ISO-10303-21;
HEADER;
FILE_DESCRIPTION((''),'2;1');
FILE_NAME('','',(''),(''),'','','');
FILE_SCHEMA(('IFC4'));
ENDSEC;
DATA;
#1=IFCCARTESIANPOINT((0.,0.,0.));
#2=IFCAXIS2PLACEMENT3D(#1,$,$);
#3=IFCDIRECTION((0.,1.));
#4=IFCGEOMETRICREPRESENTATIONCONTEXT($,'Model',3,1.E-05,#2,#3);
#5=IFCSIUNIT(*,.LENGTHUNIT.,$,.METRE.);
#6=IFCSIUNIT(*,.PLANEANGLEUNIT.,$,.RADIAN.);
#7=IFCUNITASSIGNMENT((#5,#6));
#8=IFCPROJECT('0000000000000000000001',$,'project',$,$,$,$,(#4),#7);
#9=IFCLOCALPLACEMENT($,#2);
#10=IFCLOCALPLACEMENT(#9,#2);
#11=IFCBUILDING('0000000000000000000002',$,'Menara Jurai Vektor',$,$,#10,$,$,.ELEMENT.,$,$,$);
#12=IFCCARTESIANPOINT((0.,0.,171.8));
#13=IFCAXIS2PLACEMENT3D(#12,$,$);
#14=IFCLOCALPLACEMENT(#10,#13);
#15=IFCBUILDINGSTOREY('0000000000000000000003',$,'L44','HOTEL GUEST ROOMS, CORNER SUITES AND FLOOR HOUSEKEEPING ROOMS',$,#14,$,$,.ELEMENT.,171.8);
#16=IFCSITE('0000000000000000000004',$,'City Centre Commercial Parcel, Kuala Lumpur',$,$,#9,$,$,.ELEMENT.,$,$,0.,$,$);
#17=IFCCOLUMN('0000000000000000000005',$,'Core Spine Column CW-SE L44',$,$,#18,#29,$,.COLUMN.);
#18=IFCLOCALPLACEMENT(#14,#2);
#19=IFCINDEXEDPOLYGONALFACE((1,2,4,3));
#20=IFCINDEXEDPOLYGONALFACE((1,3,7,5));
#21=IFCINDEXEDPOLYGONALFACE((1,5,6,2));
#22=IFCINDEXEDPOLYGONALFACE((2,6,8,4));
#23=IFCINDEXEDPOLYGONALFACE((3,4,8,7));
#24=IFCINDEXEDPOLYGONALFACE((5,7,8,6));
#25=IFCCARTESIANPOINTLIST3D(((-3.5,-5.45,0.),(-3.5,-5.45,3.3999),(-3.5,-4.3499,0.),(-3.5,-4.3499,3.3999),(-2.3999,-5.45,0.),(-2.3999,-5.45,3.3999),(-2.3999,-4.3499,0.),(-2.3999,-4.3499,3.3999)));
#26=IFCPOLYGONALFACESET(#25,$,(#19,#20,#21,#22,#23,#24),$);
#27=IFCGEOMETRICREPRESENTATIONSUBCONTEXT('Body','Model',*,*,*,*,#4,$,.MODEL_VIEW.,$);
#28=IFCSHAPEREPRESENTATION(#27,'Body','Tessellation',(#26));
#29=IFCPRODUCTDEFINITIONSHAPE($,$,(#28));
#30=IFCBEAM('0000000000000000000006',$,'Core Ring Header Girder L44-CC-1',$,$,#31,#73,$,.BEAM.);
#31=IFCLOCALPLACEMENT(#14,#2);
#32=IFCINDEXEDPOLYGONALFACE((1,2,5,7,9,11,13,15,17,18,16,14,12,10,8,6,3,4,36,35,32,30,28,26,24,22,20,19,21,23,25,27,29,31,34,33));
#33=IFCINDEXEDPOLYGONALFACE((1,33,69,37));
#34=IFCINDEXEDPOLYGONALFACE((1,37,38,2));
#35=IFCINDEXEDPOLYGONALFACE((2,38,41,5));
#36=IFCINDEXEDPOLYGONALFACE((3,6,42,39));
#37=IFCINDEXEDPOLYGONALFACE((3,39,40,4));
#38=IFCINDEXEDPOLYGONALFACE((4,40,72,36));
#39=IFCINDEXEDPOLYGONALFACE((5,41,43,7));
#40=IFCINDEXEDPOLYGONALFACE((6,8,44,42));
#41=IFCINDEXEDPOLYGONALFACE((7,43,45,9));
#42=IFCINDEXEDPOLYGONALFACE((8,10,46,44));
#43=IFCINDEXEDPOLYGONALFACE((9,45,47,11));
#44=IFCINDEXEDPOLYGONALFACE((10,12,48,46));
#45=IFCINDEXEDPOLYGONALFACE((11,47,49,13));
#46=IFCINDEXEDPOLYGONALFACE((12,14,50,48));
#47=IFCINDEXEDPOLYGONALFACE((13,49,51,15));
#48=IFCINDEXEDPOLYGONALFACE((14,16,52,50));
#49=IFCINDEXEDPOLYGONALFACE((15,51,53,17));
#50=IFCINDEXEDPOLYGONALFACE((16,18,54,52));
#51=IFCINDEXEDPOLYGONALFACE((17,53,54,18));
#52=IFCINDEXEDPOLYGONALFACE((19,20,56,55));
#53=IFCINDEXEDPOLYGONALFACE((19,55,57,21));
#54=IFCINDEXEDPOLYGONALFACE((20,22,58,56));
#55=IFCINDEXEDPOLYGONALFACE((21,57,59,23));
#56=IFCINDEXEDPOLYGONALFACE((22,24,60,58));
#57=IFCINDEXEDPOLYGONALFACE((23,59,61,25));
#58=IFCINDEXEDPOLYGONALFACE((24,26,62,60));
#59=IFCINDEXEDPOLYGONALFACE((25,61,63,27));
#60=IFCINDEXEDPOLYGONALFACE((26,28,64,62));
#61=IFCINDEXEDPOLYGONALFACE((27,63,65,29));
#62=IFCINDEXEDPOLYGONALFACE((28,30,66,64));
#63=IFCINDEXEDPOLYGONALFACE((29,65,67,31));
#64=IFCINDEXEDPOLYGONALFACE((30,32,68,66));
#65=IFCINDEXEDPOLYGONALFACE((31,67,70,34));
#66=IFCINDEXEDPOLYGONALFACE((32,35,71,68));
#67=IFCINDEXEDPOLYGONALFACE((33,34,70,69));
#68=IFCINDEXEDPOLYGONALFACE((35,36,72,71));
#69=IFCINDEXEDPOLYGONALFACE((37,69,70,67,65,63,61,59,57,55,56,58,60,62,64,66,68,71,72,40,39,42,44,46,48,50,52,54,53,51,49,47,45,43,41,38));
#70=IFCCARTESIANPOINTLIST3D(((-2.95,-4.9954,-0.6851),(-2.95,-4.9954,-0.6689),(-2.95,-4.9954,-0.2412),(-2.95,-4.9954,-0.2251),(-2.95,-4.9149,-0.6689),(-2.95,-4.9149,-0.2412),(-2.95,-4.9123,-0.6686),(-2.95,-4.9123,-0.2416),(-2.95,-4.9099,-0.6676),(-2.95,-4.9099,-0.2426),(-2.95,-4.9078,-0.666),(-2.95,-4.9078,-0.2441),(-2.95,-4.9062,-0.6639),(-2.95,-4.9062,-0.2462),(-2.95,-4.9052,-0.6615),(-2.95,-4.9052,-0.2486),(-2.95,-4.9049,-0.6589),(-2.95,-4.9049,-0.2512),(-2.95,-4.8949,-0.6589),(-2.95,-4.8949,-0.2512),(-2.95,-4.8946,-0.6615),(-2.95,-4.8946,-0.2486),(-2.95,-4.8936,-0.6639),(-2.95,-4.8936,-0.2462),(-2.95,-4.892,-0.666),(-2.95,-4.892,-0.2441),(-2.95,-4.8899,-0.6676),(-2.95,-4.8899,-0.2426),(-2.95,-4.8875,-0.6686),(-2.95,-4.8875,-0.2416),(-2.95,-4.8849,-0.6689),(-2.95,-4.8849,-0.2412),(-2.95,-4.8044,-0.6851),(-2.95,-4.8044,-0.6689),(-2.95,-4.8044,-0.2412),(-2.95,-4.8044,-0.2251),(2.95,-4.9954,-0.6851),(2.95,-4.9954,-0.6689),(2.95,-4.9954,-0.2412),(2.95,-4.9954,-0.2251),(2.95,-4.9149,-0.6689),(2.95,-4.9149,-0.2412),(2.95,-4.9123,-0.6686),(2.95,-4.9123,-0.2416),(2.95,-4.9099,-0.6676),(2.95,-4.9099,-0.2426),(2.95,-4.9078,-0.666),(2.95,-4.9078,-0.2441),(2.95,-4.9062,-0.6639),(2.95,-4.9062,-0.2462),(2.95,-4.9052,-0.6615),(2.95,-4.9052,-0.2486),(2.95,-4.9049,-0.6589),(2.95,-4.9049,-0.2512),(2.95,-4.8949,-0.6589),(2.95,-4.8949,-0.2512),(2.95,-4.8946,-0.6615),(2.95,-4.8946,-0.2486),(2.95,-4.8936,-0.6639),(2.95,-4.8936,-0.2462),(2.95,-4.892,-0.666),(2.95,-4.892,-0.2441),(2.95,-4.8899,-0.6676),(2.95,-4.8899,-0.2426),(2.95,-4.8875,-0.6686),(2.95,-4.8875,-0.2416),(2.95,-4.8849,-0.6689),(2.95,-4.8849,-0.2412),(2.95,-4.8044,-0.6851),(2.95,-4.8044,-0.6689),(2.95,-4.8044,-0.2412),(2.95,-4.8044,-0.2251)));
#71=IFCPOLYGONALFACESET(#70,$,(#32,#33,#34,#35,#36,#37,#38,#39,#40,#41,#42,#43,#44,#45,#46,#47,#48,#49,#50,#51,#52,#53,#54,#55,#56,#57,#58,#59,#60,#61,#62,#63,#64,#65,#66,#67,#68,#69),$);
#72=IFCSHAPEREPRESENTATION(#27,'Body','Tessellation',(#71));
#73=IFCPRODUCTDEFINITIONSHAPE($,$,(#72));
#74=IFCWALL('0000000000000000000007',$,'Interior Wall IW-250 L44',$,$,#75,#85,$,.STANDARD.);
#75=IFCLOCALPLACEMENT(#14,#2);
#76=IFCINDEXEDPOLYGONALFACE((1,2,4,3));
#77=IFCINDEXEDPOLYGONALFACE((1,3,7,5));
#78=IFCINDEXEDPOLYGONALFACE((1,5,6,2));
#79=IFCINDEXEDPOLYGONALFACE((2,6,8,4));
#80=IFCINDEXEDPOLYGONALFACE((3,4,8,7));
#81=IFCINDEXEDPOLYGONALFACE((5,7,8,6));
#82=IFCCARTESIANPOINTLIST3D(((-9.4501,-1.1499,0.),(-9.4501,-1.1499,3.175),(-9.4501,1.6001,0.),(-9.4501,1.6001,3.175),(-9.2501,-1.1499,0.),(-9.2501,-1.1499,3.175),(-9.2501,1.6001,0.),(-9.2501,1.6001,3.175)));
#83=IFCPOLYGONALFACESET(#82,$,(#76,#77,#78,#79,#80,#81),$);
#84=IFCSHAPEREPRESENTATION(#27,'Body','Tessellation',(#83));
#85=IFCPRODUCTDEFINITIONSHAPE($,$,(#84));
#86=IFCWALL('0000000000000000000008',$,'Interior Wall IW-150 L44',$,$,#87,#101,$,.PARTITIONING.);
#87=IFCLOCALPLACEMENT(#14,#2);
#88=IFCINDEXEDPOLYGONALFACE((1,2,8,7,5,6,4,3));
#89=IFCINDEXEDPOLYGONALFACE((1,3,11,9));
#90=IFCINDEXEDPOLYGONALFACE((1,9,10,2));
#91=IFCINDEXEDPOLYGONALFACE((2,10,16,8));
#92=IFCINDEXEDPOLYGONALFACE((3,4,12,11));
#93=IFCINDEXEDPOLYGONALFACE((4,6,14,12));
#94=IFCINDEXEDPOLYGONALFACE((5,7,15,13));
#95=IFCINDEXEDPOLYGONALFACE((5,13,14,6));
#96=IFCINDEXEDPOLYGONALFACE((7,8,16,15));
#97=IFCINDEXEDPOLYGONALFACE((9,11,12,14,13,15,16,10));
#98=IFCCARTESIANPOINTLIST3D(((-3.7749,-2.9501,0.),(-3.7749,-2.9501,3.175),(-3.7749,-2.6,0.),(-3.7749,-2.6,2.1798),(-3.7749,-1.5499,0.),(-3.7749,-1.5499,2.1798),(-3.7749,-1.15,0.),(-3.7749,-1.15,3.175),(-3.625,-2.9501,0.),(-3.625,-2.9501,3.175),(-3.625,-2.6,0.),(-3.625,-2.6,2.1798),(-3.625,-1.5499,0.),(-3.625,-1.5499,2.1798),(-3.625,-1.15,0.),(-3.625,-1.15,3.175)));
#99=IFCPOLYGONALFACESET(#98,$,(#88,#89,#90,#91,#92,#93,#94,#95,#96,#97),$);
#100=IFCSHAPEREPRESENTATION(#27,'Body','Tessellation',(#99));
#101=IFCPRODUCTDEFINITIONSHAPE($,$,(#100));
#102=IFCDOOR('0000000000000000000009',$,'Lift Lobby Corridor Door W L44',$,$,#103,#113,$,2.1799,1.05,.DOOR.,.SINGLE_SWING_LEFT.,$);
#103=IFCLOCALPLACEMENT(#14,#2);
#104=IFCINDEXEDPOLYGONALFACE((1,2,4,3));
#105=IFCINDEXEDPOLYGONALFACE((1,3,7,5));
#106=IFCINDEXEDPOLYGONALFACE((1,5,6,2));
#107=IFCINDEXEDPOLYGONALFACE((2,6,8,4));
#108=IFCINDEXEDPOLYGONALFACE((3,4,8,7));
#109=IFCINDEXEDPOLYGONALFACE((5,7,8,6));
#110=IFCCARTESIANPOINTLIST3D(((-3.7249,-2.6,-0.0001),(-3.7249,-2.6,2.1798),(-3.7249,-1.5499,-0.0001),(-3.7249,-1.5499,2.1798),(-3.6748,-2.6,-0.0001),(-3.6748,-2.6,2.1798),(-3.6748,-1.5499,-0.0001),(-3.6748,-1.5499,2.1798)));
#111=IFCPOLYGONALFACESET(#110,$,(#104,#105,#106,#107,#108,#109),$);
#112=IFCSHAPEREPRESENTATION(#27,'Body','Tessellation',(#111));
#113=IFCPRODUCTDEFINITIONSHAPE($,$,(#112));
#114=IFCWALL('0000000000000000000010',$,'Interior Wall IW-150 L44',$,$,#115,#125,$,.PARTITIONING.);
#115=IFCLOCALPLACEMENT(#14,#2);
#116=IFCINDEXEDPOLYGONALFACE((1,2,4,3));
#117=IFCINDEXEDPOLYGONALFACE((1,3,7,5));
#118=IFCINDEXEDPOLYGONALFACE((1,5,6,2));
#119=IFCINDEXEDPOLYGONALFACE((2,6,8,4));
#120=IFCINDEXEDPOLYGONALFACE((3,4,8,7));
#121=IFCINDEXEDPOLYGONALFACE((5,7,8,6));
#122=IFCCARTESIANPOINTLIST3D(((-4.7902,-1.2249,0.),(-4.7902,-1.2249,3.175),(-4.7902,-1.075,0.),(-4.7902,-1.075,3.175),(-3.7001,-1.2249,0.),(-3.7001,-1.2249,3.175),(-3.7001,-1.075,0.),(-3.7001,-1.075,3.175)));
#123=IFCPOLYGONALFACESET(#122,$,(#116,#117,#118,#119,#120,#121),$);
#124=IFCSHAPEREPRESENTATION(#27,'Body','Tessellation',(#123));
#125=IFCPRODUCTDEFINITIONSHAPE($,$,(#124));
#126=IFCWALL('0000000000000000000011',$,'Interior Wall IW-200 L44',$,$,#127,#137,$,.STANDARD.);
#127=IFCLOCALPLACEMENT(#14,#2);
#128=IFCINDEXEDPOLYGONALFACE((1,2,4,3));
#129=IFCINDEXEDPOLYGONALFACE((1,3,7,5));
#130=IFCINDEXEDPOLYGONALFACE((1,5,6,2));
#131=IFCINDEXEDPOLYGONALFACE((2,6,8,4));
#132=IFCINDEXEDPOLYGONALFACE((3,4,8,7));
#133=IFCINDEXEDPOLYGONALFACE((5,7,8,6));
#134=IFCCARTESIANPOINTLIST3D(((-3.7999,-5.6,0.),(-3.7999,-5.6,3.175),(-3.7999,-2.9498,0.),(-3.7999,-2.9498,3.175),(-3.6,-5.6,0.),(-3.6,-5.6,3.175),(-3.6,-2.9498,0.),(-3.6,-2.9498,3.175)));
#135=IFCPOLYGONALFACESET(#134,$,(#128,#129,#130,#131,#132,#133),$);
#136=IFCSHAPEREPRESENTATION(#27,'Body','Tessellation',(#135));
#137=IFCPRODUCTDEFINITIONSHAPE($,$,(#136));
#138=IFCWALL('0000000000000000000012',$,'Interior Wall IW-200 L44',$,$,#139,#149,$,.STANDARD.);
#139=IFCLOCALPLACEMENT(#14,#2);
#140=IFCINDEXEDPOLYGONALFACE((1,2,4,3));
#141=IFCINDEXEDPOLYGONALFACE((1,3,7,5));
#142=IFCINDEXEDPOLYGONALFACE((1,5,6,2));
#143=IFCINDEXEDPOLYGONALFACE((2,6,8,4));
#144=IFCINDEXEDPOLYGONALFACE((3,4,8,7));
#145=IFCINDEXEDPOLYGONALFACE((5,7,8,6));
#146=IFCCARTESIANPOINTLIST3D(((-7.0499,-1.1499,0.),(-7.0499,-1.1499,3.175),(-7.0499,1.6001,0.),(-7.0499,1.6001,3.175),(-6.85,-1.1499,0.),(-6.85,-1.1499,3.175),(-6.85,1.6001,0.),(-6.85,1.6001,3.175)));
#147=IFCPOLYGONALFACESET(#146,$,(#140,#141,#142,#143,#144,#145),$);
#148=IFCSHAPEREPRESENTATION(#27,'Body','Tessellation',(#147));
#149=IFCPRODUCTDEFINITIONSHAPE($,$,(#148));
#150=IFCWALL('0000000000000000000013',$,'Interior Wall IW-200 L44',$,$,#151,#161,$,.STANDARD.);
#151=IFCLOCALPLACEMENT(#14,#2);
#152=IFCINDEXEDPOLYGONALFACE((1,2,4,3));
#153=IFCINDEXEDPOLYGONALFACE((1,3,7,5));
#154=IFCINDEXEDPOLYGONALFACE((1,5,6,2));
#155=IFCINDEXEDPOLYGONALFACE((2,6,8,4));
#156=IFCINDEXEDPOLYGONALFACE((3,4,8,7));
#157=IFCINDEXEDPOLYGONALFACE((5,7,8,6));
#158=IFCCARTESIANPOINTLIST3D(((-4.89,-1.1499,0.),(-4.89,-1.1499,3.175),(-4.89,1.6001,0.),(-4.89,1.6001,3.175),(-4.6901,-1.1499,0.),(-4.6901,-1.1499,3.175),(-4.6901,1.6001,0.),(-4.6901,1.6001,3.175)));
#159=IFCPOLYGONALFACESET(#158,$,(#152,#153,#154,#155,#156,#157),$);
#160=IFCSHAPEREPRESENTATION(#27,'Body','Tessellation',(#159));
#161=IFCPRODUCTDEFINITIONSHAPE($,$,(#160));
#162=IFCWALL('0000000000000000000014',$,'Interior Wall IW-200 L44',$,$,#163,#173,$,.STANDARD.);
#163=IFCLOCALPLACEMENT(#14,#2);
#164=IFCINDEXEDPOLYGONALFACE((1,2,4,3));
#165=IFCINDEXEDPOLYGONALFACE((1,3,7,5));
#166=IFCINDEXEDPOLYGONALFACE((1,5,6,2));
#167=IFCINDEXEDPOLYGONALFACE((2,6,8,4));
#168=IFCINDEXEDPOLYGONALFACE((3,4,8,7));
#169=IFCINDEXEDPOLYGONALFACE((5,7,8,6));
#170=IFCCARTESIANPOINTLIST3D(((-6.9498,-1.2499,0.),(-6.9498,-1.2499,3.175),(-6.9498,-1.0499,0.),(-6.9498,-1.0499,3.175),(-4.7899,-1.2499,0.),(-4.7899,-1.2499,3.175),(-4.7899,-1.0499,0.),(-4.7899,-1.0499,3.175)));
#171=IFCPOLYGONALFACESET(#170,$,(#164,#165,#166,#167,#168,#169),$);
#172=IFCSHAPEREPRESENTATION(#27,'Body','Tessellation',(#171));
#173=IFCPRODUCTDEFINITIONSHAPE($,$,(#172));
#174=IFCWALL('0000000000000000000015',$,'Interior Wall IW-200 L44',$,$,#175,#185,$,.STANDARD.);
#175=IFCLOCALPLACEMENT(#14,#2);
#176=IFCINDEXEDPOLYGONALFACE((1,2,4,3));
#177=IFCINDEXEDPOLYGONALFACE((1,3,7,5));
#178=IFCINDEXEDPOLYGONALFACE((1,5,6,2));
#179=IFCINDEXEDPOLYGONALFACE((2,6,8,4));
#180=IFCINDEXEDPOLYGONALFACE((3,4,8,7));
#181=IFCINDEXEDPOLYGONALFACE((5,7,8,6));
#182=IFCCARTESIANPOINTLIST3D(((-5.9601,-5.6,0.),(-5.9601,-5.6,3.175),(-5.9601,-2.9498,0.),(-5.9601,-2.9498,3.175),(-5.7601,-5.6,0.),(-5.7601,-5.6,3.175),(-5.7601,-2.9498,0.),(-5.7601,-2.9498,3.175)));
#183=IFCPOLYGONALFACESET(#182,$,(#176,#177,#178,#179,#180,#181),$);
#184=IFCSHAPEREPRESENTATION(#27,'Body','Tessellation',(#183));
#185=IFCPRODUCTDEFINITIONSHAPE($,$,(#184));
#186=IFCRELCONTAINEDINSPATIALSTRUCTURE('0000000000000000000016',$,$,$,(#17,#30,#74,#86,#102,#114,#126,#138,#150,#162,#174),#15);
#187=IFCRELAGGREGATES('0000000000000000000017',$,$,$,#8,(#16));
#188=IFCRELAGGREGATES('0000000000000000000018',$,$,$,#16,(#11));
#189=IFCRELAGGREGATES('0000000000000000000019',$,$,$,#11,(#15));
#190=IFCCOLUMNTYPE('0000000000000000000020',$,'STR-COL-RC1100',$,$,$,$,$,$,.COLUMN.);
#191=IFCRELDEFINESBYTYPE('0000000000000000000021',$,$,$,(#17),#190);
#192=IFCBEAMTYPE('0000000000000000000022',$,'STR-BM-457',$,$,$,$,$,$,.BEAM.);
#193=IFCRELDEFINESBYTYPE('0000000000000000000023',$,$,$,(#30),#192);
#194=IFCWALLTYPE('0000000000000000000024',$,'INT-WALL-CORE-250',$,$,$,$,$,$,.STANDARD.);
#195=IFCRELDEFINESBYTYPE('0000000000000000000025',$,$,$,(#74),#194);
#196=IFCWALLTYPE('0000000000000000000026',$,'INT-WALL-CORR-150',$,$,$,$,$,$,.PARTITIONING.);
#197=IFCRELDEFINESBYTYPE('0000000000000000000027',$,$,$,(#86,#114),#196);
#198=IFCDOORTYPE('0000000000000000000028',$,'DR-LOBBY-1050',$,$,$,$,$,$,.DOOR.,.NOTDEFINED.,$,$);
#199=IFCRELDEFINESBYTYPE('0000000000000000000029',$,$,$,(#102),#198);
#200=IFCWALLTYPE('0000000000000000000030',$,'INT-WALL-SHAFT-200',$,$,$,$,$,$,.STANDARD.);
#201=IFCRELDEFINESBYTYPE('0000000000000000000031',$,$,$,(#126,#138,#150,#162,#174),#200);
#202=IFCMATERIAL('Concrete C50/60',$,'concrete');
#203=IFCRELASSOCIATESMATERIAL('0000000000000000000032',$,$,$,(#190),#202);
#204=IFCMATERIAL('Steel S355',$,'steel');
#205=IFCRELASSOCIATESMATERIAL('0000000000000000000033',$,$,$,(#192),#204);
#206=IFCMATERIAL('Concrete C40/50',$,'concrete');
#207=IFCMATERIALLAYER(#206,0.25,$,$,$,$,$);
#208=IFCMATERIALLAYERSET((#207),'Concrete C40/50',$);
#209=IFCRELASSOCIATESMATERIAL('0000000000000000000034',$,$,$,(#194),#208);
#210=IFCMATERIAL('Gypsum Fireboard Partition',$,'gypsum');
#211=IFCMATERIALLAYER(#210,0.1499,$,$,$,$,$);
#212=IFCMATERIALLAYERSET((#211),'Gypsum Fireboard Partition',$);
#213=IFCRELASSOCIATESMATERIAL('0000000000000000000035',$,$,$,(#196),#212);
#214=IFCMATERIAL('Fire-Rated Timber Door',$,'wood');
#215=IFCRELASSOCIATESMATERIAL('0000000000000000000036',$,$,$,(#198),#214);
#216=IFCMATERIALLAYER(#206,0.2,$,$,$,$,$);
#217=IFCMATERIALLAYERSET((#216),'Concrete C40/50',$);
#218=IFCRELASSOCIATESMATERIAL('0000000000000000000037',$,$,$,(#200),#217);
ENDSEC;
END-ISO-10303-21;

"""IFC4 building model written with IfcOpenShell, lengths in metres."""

from ifc_helpers import new_model, si_unit, direction, frame, frame_2d, origin, origin_2d, place, context, subcontext, project, spatial, rectangle, i_section, extrude, material, layer, layer_set, material_profile, profile_set, type_object, element, fill, save


model = new_model("IFC4")

# Units and contexts
model_context = context("Model", 3, precision=1e-05, world=origin(), true_north=direction((0.0, 1.0)))
body_context = subcontext(model_context, "Body", "Model", "MODEL_VIEW")
ifc_project = project(units=[si_unit("LENGTHUNIT", "METRE"), si_unit("PLANEANGLEUNIT", "RADIAN")], contexts=[model_context])

# Site, building, storey
site_placement = place(None, origin())
site = spatial("IfcSite", under=ifc_project, at=site_placement, Name="City Centre Commercial Parcel, Kuala Lumpur", CompositionType="ELEMENT", RefElevation=0.0)
building_placement = place(site_placement, origin())
building = spatial("IfcBuilding", under=site, at=building_placement, Name="Menara Jurai Vektor", CompositionType="ELEMENT")
storey_placement = place(building_placement, frame((0.0, 0.0, 171.8)))
storey = spatial("IfcBuildingStorey", under=building, at=storey_placement, Name="L44", Description="HOTEL GUEST ROOMS, CORNER SUITES AND FLOOR HOUSEKEEPING ROOMS", CompositionType="ELEMENT", Elevation=171.8)

# Column
ifc_material_1 = material(Name="Concrete C50/60", Category="concrete")
ifc_material_profile_1 = material_profile(ifc_material_1, rectangle(XDim=1.1001, YDim=1.1001, at=origin_2d()), Name="RC 1100x1100")
ifc_profile_set_1 = profile_set([ifc_material_profile_1], Name="Concrete C50/60")
column_type = type_object("IfcColumnType", Name="STR-COL-RC1100", PredefinedType="COLUMN", material=ifc_profile_set_1)
column_placement = place(storey_placement, frame((-2.95, -4.8999, 0.0), z_axis=(0.0, 0.0, 1.0), x_axis=(1.0, 0.0, 0.0)))
element("IfcColumn", 1, at=column_placement, inside=storey, type_object=column_type, Name="Core Spine Column CW-SE L44", PredefinedType="COLUMN", context=body_context, shape_type="SweptSolid", body=[
    extrude(rectangle(XDim=1.1001, YDim=1.1001, at=origin_2d()), origin(), (0.0, 0.0, 1.0), 3.3999),
])

# Beam
ifc_material_2 = material(Name="Steel S355", Category="steel")
ifc_material_profile_2 = material_profile(ifc_material_2, i_section(OverallWidth=0.1909, OverallDepth=0.46, WebThickness=0.01, FlangeThickness=0.0161, FilletRadius=0.01, at=origin_2d()), Name="UKB 457x191x82")
ifc_profile_set_2 = profile_set([ifc_material_profile_2], Name="Steel S355")
beam_type = type_object("IfcBeamType", Name="STR-BM-457", PredefinedType="BEAM", material=ifc_profile_set_2)
beam_placement = place(storey_placement, frame((-2.95, -4.8999, -0.4551), z_axis=(1.0, 0.0, 0.0), x_axis=(0.0, 1.0, 0.0)))
element("IfcBeam", 2, at=beam_placement, inside=storey, type_object=beam_type, Name="Core Ring Header Girder L44-CC-1", PredefinedType="BEAM", context=body_context, shape_type="SweptSolid", body=[
    extrude(i_section(OverallWidth=0.1909, OverallDepth=0.46, WebThickness=0.01, FlangeThickness=0.0161, FilletRadius=0.01, at=origin_2d()), origin(), (0.0, 0.0, 1.0), 5.8999),
])

# Wall
ifc_material_3 = material(Name="Concrete C40/50", Category="concrete")
ifc_layer_1 = layer(ifc_material_3, 0.25)
ifc_layer_set_1 = layer_set([ifc_layer_1], Name="Concrete C40/50")
wall_type_1 = type_object("IfcWallType", Name="INT-WALL-CORE-250", PredefinedType="STANDARD", material=ifc_layer_set_1)
wall_1_placement = place(storey_placement, frame((-9.3501, -1.1499, 0.0), z_axis=(0.0, 0.0, 1.0), x_axis=(0.0, 1.0, 0.0)))
element("IfcWall", 3, at=wall_1_placement, inside=storey, type_object=wall_type_1, Name="Interior Wall IW-250 L44", PredefinedType="STANDARD", context=body_context, shape_type="SweptSolid", body=[
    extrude(rectangle(XDim=2.75, YDim=0.2, at=frame_2d((1.375, 0.0))), origin(), (0.0, 0.0, 1.0), 3.175),
])

# Wall, opening, door
ifc_material_4 = material(Name="Gypsum Fireboard Partition", Category="gypsum")
ifc_layer_2 = layer(ifc_material_4, 0.1499)
ifc_layer_set_2 = layer_set([ifc_layer_2], Name="Gypsum Fireboard Partition")
wall_type_2 = type_object("IfcWallType", Name="INT-WALL-CORR-150", PredefinedType="PARTITIONING", material=ifc_layer_set_2)
wall_2_placement = place(storey_placement, frame((-3.7, -2.95, 0.0), z_axis=(0.0, 0.0, 1.0), x_axis=(0.0, 1.0, 0.0)))
wall_2 = element("IfcWall", 4, at=wall_2_placement, inside=storey, type_object=wall_type_2, Name="Interior Wall IW-150 L44", PredefinedType="PARTITIONING", context=body_context, shape_type="SweptSolid", body=[
    extrude(rectangle(XDim=1.8, YDim=0.1499, at=frame_2d((0.8999, 0.0))), origin(), (0.0, 0.0, 1.0), 3.175),
])
opening_1_placement = place(wall_2_placement, frame((0.3501, 0.0, 0.0)))
opening_1 = element("IfcOpeningElement", 5, at=opening_1_placement, cuts=wall_2, PredefinedType="OPENING", context=body_context, shape_type="SweptSolid", body=[
    extrude(rectangle(XDim=1.05, YDim=2.1799, at=frame_2d((0.5249, 1.0898))), frame((0.0, 0.085, 0.0), z_axis=(0.0, -1.0, 0.0), x_axis=(1.0, 0.0, 0.0)), (0.0, 0.0, 1.0), 0.1699),
])
ifc_material_5 = material(Name="Fire-Rated Timber Door", Category="wood")
door_type_1 = type_object("IfcDoorType", Name="DR-LOBBY-1050", OperationType="NOTDEFINED", PredefinedType="DOOR", material=ifc_material_5)
door_1_placement = place(opening_1_placement, origin())
door_1 = element("IfcDoor", 6, at=door_1_placement, inside=storey, type_object=door_type_1, Name="Lift Lobby Corridor Door W L44", OperationType="SINGLE_SWING_LEFT", OverallHeight=2.1799, OverallWidth=1.05, PredefinedType="DOOR", context=body_context, shape_type="SweptSolid", body=[
    extrude(rectangle(XDim=1.05, YDim=2.1799, at=frame_2d((0.5249, 1.0898))), frame((0.0, 0.0249, 0.0), z_axis=(0.0, -1.0, 0.0), x_axis=(1.0, 0.0, 0.0)), (0.0, 0.0, 1.0), 0.05),
])
fill(opening_1, door_1)

# Wall
wall_3_placement = place(storey_placement, frame((-4.79, -1.1499, 0.0), z_axis=(0.0, 0.0, 1.0), x_axis=(1.0, 0.0, 0.0)))
element("IfcWall", 7, at=wall_3_placement, inside=storey, type_object=wall_type_2, Name="Interior Wall IW-150 L44", PredefinedType="PARTITIONING", context=body_context, shape_type="SweptSolid", body=[
    extrude(rectangle(XDim=1.0901, YDim=0.1499, at=frame_2d((0.5449, 0.0))), origin(), (0.0, 0.0, 1.0), 3.175),
])

# Shared definitions
ifc_layer_3 = layer(ifc_material_3, 0.2)
ifc_layer_set_3 = layer_set([ifc_layer_3], Name="Concrete C40/50")
wall_type_3 = type_object("IfcWallType", Name="INT-WALL-SHAFT-200", PredefinedType="STANDARD", material=ifc_layer_set_3)

# Walls
wall_4_placement = place(storey_placement, frame((-3.7, -5.6001, 0.0), z_axis=(0.0, 0.0, 1.0), x_axis=(0.0, 1.0, 0.0)))
element("IfcWall", 8, at=wall_4_placement, inside=storey, type_object=wall_type_3, Name="Interior Wall IW-200 L44", PredefinedType="STANDARD", context=body_context, shape_type="SweptSolid", body=[
    extrude(rectangle(XDim=2.6501, YDim=0.2, at=frame_2d((1.3252, 0.0))), origin(), (0.0, 0.0, 1.0), 3.175),
])
wall_5_placement = place(storey_placement, frame((-6.95, -1.1499, 0.0), z_axis=(0.0, 0.0, 1.0), x_axis=(0.0, 1.0, 0.0)))
element("IfcWall", 9, at=wall_5_placement, inside=storey, type_object=wall_type_3, Name="Interior Wall IW-200 L44", PredefinedType="STANDARD", context=body_context, shape_type="SweptSolid", body=[
    extrude(rectangle(XDim=2.75, YDim=0.2, at=frame_2d((1.375, 0.0))), origin(), (0.0, 0.0, 1.0), 3.175),
])

# Walls
wall_6_placement = place(storey_placement, frame((-4.79, -1.1499, 0.0), z_axis=(0.0, 0.0, 1.0), x_axis=(0.0, 1.0, 0.0)))
element("IfcWall", 10, at=wall_6_placement, inside=storey, type_object=wall_type_3, Name="Interior Wall IW-200 L44", PredefinedType="STANDARD", context=body_context, shape_type="SweptSolid", body=[
    extrude(rectangle(XDim=2.75, YDim=0.2, at=frame_2d((1.375, 0.0))), origin(), (0.0, 0.0, 1.0), 3.175),
])
wall_7_placement = place(storey_placement, frame((-6.95, -1.1499, 0.0), z_axis=(0.0, 0.0, 1.0), x_axis=(1.0, 0.0, 0.0)))
element("IfcWall", 11, at=wall_7_placement, inside=storey, type_object=wall_type_3, Name="Interior Wall IW-200 L44", PredefinedType="STANDARD", context=body_context, shape_type="SweptSolid", body=[
    extrude(rectangle(XDim=2.1599, YDim=0.2, at=frame_2d((1.0801, 0.0))), origin(), (0.0, 0.0, 1.0), 3.175),
])
wall_8_placement = place(storey_placement, frame((-5.8601, -5.6001, 0.0), z_axis=(0.0, 0.0, 1.0), x_axis=(0.0, 1.0, 0.0)))
element("IfcWall", 12, at=wall_8_placement, inside=storey, type_object=wall_type_3, Name="Interior Wall IW-200 L44", PredefinedType="STANDARD", context=body_context, shape_type="SweptSolid", body=[
    extrude(rectangle(XDim=2.6501, YDim=0.2, at=frame_2d((1.3252, 0.0))), origin(), (0.0, 0.0, 1.0), 3.175),
])

save(model, "model.ifc")
